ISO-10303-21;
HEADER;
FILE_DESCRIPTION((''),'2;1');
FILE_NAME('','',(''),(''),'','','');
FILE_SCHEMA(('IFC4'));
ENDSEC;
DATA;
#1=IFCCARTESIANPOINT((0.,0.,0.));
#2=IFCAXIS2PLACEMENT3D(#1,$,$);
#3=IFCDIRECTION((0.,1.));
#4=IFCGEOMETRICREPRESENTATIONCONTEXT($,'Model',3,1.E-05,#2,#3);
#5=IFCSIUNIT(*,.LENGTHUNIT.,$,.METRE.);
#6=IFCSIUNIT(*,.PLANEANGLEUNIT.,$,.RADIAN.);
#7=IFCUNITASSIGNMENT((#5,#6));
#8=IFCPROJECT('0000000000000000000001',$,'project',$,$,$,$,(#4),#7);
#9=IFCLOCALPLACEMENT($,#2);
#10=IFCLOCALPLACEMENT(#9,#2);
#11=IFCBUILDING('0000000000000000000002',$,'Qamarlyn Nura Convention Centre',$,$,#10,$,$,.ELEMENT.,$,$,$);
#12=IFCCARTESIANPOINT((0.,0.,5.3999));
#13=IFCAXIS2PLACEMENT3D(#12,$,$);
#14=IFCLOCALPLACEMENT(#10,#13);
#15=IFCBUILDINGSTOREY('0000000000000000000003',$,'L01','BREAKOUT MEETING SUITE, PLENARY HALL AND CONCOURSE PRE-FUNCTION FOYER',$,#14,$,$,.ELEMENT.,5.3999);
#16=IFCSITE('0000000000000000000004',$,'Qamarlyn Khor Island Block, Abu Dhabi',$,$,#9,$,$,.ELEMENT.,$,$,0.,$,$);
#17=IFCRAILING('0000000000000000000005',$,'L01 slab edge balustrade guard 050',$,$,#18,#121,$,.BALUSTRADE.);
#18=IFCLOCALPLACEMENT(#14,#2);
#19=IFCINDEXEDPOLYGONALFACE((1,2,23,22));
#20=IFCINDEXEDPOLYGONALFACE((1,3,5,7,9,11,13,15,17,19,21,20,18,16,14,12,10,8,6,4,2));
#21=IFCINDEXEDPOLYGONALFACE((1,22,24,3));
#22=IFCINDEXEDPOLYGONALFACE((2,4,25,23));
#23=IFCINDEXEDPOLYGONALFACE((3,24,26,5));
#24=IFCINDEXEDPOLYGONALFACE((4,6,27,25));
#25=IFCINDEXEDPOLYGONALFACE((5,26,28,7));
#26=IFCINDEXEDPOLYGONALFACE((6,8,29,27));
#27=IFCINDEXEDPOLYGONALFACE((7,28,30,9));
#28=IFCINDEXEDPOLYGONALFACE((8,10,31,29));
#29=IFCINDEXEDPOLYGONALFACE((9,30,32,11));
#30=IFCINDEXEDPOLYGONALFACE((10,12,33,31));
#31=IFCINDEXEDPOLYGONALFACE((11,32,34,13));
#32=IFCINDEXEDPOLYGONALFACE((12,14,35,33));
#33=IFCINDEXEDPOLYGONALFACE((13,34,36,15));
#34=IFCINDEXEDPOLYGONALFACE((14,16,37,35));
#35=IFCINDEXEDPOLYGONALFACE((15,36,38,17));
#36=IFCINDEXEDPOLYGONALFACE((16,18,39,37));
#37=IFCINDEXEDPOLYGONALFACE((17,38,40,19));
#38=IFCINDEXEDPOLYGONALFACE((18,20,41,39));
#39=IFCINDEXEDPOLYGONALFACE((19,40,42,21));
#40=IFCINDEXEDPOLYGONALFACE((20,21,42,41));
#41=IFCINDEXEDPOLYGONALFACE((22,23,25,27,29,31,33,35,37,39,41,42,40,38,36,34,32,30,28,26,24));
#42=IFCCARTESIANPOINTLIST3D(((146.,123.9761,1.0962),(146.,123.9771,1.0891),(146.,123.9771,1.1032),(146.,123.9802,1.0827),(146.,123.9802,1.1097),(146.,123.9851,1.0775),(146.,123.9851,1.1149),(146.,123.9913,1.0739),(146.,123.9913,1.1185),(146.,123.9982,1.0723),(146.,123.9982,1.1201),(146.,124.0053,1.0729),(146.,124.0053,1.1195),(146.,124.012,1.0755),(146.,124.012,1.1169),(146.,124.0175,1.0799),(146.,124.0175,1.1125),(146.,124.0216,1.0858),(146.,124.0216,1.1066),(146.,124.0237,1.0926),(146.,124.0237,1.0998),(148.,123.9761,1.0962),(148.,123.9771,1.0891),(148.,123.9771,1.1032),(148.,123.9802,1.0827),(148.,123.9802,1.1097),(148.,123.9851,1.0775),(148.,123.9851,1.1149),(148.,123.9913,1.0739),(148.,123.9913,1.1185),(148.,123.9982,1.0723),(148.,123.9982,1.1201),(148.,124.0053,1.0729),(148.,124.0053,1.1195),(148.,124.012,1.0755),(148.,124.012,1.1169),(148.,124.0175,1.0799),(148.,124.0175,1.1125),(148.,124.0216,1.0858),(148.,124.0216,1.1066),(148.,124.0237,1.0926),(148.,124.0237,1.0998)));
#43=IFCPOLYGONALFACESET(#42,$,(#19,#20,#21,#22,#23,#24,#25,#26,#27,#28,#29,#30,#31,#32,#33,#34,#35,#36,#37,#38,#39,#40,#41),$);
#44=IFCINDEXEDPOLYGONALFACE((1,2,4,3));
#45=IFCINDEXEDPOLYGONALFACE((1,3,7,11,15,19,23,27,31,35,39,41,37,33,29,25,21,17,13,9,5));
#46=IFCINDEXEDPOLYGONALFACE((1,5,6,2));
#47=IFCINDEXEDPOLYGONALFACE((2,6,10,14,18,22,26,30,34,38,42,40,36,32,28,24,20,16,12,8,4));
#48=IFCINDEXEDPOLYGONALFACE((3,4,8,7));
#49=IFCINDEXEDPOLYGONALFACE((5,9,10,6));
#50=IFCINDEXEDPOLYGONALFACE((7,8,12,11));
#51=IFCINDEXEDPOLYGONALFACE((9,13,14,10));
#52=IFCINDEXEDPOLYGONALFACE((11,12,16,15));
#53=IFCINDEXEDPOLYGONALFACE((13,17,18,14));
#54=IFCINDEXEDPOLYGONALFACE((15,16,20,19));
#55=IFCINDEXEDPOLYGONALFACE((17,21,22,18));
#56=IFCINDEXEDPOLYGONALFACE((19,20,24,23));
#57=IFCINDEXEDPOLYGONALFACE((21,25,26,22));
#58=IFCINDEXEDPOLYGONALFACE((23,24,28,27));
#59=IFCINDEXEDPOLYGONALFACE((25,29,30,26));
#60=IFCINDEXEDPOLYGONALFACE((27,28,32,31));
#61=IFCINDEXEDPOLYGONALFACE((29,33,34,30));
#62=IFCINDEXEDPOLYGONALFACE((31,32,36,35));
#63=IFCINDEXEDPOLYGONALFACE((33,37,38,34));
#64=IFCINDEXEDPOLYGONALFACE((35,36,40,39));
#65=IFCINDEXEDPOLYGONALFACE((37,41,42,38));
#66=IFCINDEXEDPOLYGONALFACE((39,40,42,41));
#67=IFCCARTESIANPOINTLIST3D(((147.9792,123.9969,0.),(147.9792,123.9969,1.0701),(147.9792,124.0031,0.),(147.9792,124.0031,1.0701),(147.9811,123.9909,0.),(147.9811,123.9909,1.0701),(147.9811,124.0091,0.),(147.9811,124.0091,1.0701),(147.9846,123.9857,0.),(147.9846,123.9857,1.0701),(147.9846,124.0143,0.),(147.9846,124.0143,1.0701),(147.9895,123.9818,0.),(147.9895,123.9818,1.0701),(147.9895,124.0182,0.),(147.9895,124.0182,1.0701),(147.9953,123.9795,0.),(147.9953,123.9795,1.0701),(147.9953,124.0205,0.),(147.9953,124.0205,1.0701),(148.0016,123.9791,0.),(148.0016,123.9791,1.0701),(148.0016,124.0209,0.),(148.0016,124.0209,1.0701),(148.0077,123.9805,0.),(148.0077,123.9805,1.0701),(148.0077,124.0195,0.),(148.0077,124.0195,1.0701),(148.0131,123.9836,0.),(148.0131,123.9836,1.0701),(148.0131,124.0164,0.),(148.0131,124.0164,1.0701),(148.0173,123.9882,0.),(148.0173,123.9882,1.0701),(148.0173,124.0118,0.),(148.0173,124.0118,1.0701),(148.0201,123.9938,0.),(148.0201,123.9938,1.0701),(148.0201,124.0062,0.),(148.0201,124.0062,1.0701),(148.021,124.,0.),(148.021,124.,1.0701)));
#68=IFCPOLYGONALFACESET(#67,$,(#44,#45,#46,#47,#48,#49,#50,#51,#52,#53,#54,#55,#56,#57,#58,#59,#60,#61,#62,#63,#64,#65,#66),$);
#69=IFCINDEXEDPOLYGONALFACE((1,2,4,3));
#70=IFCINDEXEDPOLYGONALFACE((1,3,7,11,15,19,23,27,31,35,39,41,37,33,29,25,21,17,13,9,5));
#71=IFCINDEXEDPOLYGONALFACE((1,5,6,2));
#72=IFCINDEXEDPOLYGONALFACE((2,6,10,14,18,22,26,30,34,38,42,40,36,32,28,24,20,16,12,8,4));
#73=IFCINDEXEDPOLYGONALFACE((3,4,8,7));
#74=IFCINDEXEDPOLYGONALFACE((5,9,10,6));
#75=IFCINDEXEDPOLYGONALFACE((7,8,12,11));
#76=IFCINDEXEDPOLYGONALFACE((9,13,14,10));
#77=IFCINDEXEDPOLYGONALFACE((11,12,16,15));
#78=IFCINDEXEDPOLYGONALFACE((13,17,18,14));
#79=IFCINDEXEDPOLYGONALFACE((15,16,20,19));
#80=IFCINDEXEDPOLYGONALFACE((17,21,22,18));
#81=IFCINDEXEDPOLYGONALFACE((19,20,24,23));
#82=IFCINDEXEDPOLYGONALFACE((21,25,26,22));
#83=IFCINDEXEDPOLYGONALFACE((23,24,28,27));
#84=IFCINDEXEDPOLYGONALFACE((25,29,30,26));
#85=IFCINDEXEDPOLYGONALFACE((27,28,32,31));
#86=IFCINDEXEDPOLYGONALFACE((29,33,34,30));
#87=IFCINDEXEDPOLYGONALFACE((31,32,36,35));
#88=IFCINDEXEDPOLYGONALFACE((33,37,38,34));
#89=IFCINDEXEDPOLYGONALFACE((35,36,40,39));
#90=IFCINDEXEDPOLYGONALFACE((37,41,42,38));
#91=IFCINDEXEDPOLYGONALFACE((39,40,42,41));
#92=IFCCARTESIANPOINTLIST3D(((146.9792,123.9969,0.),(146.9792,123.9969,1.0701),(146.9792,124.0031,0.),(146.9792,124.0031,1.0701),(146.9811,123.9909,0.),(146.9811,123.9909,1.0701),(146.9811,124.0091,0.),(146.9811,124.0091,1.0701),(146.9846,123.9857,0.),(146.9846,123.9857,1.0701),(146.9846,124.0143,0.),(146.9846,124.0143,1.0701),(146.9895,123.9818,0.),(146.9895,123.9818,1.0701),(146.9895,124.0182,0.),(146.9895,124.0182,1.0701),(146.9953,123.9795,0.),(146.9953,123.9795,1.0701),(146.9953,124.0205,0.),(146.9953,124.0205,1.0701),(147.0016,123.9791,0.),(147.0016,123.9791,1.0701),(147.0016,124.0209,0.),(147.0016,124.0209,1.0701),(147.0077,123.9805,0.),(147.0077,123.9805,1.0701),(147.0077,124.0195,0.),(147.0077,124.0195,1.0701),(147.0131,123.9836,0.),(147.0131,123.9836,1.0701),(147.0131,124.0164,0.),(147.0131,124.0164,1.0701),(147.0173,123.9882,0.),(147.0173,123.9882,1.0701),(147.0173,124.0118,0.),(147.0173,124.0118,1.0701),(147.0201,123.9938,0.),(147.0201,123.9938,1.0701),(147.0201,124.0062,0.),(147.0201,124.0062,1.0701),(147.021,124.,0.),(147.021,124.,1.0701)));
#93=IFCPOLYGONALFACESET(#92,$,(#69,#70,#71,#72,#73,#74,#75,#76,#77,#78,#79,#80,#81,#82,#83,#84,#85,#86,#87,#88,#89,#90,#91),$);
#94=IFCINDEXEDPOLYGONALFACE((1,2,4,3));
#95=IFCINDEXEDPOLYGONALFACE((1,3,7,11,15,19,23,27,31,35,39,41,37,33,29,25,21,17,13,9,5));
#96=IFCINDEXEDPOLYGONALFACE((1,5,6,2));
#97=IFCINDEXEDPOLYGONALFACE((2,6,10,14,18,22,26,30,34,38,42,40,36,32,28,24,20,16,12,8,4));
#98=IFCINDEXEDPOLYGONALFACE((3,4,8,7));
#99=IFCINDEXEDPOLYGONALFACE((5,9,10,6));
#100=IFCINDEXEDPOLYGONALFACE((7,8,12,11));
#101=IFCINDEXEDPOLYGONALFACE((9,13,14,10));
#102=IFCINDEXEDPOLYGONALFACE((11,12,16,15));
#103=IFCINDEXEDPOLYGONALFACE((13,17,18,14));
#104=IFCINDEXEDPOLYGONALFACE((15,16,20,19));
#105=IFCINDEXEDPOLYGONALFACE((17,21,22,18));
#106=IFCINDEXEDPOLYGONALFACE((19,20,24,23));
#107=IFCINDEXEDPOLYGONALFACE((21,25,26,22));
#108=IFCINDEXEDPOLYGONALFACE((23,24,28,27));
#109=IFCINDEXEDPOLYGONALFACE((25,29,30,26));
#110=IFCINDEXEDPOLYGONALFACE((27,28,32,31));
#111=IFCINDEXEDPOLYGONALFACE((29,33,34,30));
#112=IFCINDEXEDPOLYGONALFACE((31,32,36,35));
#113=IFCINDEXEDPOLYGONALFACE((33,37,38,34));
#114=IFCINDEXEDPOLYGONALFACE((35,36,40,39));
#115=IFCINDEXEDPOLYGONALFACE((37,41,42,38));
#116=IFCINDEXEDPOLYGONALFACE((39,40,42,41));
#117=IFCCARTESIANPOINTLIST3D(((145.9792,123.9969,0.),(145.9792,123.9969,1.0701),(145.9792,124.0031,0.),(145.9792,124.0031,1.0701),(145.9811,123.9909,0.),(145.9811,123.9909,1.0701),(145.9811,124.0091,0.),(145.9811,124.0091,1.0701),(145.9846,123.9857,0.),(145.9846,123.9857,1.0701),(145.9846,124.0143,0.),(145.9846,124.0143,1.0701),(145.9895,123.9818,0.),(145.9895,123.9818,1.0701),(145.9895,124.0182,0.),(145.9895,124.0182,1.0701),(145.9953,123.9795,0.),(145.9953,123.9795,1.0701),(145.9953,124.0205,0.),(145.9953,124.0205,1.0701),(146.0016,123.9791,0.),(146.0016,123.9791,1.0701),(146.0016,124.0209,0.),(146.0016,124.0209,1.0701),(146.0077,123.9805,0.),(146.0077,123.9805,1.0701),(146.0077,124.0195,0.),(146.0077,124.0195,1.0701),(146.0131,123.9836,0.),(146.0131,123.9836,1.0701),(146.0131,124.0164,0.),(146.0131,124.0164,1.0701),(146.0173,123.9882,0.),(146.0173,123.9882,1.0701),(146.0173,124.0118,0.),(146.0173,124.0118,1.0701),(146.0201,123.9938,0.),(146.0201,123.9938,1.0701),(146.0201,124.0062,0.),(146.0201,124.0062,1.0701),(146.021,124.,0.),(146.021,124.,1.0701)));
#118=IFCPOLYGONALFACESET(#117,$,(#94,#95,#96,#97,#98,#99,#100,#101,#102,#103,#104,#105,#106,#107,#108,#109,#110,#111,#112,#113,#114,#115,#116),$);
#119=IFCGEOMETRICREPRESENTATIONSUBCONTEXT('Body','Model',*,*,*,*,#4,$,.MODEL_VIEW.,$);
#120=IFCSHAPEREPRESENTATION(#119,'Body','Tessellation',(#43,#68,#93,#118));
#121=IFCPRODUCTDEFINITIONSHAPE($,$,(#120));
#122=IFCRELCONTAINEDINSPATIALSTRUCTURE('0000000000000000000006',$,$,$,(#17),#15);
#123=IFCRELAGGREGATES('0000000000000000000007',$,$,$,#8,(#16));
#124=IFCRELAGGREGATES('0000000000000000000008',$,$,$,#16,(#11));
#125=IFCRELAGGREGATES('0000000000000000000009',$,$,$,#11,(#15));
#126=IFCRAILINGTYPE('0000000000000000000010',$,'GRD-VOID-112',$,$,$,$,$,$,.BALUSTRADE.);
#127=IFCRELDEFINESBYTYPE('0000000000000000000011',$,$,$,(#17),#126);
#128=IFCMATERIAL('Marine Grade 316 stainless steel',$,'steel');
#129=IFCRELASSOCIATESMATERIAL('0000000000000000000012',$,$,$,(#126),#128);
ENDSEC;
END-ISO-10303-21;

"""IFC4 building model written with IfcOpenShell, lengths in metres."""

from ifc_helpers import new_model, si_unit, direction, frame, origin, origin_2d, place, context, subcontext, project, spatial, circle, extrude, material, type_object, element, save


model = new_model("IFC4")

# Units and contexts
model_context = context("Model", 3, precision=1e-05, world=origin(), true_north=direction((0.0, 1.0)))
body_context = subcontext(model_context, "Body", "Model", "MODEL_VIEW")
ifc_project = project(units=[si_unit("LENGTHUNIT", "METRE"), si_unit("PLANEANGLEUNIT", "RADIAN")], contexts=[model_context])

# Site, building, storey
site_placement = place(None, origin())
site = spatial("IfcSite", under=ifc_project, at=site_placement, Name="Qamarlyn Khor Island Block, Abu Dhabi", CompositionType="ELEMENT", RefElevation=0.0)
building_placement = place(site_placement, origin())
building = spatial("IfcBuilding", under=site, at=building_placement, Name="Qamarlyn Nura Convention Centre", CompositionType="ELEMENT")
storey_placement = place(building_placement, frame((0.0, 0.0, 5.3999)))
storey = spatial("IfcBuildingStorey", under=building, at=storey_placement, Name="L01", Description="BREAKOUT MEETING SUITE, PLENARY HALL AND CONCOURSE PRE-FUNCTION FOYER", CompositionType="ELEMENT", Elevation=5.3999)

# Railing
ifc_material_1 = material(Name="Marine Grade 316 stainless steel", Category="steel")
railing_type_1 = type_object("IfcRailingType", Name="GRD-VOID-112", PredefinedType="BALUSTRADE", material=ifc_material_1)
railing_1_placement = place(storey_placement, frame((148.0, 124.0, 0.0)))
element("IfcRailing", 1, at=railing_1_placement, inside=storey, type_object=railing_type_1, Name="L01 slab edge balustrade guard 050", PredefinedType="BALUSTRADE", context=body_context, shape_type="SweptSolid", body=[
    extrude(circle(Radius=0.0239, at=origin_2d()), frame((0.0, 0.0, 1.0962), z_axis=(-1.0, 0.0, 0.0), x_axis=(0.0, -1.0, 0.0)), (0.0, 0.0, 1.0), 2.0),
    extrude(circle(Radius=0.021, at=origin_2d()), origin(), (0.0, 0.0, 1.0), 1.0701),
    extrude(circle(Radius=0.021, at=origin_2d()), frame((-1.0, 0.0, 0.0)), (0.0, 0.0, 1.0), 1.0701),
    extrude(circle(Radius=0.021, at=origin_2d()), frame((-2.0, 0.0, 0.0)), (0.0, 0.0, 1.0), 1.0701),
])

save(model, "model.ifc")
